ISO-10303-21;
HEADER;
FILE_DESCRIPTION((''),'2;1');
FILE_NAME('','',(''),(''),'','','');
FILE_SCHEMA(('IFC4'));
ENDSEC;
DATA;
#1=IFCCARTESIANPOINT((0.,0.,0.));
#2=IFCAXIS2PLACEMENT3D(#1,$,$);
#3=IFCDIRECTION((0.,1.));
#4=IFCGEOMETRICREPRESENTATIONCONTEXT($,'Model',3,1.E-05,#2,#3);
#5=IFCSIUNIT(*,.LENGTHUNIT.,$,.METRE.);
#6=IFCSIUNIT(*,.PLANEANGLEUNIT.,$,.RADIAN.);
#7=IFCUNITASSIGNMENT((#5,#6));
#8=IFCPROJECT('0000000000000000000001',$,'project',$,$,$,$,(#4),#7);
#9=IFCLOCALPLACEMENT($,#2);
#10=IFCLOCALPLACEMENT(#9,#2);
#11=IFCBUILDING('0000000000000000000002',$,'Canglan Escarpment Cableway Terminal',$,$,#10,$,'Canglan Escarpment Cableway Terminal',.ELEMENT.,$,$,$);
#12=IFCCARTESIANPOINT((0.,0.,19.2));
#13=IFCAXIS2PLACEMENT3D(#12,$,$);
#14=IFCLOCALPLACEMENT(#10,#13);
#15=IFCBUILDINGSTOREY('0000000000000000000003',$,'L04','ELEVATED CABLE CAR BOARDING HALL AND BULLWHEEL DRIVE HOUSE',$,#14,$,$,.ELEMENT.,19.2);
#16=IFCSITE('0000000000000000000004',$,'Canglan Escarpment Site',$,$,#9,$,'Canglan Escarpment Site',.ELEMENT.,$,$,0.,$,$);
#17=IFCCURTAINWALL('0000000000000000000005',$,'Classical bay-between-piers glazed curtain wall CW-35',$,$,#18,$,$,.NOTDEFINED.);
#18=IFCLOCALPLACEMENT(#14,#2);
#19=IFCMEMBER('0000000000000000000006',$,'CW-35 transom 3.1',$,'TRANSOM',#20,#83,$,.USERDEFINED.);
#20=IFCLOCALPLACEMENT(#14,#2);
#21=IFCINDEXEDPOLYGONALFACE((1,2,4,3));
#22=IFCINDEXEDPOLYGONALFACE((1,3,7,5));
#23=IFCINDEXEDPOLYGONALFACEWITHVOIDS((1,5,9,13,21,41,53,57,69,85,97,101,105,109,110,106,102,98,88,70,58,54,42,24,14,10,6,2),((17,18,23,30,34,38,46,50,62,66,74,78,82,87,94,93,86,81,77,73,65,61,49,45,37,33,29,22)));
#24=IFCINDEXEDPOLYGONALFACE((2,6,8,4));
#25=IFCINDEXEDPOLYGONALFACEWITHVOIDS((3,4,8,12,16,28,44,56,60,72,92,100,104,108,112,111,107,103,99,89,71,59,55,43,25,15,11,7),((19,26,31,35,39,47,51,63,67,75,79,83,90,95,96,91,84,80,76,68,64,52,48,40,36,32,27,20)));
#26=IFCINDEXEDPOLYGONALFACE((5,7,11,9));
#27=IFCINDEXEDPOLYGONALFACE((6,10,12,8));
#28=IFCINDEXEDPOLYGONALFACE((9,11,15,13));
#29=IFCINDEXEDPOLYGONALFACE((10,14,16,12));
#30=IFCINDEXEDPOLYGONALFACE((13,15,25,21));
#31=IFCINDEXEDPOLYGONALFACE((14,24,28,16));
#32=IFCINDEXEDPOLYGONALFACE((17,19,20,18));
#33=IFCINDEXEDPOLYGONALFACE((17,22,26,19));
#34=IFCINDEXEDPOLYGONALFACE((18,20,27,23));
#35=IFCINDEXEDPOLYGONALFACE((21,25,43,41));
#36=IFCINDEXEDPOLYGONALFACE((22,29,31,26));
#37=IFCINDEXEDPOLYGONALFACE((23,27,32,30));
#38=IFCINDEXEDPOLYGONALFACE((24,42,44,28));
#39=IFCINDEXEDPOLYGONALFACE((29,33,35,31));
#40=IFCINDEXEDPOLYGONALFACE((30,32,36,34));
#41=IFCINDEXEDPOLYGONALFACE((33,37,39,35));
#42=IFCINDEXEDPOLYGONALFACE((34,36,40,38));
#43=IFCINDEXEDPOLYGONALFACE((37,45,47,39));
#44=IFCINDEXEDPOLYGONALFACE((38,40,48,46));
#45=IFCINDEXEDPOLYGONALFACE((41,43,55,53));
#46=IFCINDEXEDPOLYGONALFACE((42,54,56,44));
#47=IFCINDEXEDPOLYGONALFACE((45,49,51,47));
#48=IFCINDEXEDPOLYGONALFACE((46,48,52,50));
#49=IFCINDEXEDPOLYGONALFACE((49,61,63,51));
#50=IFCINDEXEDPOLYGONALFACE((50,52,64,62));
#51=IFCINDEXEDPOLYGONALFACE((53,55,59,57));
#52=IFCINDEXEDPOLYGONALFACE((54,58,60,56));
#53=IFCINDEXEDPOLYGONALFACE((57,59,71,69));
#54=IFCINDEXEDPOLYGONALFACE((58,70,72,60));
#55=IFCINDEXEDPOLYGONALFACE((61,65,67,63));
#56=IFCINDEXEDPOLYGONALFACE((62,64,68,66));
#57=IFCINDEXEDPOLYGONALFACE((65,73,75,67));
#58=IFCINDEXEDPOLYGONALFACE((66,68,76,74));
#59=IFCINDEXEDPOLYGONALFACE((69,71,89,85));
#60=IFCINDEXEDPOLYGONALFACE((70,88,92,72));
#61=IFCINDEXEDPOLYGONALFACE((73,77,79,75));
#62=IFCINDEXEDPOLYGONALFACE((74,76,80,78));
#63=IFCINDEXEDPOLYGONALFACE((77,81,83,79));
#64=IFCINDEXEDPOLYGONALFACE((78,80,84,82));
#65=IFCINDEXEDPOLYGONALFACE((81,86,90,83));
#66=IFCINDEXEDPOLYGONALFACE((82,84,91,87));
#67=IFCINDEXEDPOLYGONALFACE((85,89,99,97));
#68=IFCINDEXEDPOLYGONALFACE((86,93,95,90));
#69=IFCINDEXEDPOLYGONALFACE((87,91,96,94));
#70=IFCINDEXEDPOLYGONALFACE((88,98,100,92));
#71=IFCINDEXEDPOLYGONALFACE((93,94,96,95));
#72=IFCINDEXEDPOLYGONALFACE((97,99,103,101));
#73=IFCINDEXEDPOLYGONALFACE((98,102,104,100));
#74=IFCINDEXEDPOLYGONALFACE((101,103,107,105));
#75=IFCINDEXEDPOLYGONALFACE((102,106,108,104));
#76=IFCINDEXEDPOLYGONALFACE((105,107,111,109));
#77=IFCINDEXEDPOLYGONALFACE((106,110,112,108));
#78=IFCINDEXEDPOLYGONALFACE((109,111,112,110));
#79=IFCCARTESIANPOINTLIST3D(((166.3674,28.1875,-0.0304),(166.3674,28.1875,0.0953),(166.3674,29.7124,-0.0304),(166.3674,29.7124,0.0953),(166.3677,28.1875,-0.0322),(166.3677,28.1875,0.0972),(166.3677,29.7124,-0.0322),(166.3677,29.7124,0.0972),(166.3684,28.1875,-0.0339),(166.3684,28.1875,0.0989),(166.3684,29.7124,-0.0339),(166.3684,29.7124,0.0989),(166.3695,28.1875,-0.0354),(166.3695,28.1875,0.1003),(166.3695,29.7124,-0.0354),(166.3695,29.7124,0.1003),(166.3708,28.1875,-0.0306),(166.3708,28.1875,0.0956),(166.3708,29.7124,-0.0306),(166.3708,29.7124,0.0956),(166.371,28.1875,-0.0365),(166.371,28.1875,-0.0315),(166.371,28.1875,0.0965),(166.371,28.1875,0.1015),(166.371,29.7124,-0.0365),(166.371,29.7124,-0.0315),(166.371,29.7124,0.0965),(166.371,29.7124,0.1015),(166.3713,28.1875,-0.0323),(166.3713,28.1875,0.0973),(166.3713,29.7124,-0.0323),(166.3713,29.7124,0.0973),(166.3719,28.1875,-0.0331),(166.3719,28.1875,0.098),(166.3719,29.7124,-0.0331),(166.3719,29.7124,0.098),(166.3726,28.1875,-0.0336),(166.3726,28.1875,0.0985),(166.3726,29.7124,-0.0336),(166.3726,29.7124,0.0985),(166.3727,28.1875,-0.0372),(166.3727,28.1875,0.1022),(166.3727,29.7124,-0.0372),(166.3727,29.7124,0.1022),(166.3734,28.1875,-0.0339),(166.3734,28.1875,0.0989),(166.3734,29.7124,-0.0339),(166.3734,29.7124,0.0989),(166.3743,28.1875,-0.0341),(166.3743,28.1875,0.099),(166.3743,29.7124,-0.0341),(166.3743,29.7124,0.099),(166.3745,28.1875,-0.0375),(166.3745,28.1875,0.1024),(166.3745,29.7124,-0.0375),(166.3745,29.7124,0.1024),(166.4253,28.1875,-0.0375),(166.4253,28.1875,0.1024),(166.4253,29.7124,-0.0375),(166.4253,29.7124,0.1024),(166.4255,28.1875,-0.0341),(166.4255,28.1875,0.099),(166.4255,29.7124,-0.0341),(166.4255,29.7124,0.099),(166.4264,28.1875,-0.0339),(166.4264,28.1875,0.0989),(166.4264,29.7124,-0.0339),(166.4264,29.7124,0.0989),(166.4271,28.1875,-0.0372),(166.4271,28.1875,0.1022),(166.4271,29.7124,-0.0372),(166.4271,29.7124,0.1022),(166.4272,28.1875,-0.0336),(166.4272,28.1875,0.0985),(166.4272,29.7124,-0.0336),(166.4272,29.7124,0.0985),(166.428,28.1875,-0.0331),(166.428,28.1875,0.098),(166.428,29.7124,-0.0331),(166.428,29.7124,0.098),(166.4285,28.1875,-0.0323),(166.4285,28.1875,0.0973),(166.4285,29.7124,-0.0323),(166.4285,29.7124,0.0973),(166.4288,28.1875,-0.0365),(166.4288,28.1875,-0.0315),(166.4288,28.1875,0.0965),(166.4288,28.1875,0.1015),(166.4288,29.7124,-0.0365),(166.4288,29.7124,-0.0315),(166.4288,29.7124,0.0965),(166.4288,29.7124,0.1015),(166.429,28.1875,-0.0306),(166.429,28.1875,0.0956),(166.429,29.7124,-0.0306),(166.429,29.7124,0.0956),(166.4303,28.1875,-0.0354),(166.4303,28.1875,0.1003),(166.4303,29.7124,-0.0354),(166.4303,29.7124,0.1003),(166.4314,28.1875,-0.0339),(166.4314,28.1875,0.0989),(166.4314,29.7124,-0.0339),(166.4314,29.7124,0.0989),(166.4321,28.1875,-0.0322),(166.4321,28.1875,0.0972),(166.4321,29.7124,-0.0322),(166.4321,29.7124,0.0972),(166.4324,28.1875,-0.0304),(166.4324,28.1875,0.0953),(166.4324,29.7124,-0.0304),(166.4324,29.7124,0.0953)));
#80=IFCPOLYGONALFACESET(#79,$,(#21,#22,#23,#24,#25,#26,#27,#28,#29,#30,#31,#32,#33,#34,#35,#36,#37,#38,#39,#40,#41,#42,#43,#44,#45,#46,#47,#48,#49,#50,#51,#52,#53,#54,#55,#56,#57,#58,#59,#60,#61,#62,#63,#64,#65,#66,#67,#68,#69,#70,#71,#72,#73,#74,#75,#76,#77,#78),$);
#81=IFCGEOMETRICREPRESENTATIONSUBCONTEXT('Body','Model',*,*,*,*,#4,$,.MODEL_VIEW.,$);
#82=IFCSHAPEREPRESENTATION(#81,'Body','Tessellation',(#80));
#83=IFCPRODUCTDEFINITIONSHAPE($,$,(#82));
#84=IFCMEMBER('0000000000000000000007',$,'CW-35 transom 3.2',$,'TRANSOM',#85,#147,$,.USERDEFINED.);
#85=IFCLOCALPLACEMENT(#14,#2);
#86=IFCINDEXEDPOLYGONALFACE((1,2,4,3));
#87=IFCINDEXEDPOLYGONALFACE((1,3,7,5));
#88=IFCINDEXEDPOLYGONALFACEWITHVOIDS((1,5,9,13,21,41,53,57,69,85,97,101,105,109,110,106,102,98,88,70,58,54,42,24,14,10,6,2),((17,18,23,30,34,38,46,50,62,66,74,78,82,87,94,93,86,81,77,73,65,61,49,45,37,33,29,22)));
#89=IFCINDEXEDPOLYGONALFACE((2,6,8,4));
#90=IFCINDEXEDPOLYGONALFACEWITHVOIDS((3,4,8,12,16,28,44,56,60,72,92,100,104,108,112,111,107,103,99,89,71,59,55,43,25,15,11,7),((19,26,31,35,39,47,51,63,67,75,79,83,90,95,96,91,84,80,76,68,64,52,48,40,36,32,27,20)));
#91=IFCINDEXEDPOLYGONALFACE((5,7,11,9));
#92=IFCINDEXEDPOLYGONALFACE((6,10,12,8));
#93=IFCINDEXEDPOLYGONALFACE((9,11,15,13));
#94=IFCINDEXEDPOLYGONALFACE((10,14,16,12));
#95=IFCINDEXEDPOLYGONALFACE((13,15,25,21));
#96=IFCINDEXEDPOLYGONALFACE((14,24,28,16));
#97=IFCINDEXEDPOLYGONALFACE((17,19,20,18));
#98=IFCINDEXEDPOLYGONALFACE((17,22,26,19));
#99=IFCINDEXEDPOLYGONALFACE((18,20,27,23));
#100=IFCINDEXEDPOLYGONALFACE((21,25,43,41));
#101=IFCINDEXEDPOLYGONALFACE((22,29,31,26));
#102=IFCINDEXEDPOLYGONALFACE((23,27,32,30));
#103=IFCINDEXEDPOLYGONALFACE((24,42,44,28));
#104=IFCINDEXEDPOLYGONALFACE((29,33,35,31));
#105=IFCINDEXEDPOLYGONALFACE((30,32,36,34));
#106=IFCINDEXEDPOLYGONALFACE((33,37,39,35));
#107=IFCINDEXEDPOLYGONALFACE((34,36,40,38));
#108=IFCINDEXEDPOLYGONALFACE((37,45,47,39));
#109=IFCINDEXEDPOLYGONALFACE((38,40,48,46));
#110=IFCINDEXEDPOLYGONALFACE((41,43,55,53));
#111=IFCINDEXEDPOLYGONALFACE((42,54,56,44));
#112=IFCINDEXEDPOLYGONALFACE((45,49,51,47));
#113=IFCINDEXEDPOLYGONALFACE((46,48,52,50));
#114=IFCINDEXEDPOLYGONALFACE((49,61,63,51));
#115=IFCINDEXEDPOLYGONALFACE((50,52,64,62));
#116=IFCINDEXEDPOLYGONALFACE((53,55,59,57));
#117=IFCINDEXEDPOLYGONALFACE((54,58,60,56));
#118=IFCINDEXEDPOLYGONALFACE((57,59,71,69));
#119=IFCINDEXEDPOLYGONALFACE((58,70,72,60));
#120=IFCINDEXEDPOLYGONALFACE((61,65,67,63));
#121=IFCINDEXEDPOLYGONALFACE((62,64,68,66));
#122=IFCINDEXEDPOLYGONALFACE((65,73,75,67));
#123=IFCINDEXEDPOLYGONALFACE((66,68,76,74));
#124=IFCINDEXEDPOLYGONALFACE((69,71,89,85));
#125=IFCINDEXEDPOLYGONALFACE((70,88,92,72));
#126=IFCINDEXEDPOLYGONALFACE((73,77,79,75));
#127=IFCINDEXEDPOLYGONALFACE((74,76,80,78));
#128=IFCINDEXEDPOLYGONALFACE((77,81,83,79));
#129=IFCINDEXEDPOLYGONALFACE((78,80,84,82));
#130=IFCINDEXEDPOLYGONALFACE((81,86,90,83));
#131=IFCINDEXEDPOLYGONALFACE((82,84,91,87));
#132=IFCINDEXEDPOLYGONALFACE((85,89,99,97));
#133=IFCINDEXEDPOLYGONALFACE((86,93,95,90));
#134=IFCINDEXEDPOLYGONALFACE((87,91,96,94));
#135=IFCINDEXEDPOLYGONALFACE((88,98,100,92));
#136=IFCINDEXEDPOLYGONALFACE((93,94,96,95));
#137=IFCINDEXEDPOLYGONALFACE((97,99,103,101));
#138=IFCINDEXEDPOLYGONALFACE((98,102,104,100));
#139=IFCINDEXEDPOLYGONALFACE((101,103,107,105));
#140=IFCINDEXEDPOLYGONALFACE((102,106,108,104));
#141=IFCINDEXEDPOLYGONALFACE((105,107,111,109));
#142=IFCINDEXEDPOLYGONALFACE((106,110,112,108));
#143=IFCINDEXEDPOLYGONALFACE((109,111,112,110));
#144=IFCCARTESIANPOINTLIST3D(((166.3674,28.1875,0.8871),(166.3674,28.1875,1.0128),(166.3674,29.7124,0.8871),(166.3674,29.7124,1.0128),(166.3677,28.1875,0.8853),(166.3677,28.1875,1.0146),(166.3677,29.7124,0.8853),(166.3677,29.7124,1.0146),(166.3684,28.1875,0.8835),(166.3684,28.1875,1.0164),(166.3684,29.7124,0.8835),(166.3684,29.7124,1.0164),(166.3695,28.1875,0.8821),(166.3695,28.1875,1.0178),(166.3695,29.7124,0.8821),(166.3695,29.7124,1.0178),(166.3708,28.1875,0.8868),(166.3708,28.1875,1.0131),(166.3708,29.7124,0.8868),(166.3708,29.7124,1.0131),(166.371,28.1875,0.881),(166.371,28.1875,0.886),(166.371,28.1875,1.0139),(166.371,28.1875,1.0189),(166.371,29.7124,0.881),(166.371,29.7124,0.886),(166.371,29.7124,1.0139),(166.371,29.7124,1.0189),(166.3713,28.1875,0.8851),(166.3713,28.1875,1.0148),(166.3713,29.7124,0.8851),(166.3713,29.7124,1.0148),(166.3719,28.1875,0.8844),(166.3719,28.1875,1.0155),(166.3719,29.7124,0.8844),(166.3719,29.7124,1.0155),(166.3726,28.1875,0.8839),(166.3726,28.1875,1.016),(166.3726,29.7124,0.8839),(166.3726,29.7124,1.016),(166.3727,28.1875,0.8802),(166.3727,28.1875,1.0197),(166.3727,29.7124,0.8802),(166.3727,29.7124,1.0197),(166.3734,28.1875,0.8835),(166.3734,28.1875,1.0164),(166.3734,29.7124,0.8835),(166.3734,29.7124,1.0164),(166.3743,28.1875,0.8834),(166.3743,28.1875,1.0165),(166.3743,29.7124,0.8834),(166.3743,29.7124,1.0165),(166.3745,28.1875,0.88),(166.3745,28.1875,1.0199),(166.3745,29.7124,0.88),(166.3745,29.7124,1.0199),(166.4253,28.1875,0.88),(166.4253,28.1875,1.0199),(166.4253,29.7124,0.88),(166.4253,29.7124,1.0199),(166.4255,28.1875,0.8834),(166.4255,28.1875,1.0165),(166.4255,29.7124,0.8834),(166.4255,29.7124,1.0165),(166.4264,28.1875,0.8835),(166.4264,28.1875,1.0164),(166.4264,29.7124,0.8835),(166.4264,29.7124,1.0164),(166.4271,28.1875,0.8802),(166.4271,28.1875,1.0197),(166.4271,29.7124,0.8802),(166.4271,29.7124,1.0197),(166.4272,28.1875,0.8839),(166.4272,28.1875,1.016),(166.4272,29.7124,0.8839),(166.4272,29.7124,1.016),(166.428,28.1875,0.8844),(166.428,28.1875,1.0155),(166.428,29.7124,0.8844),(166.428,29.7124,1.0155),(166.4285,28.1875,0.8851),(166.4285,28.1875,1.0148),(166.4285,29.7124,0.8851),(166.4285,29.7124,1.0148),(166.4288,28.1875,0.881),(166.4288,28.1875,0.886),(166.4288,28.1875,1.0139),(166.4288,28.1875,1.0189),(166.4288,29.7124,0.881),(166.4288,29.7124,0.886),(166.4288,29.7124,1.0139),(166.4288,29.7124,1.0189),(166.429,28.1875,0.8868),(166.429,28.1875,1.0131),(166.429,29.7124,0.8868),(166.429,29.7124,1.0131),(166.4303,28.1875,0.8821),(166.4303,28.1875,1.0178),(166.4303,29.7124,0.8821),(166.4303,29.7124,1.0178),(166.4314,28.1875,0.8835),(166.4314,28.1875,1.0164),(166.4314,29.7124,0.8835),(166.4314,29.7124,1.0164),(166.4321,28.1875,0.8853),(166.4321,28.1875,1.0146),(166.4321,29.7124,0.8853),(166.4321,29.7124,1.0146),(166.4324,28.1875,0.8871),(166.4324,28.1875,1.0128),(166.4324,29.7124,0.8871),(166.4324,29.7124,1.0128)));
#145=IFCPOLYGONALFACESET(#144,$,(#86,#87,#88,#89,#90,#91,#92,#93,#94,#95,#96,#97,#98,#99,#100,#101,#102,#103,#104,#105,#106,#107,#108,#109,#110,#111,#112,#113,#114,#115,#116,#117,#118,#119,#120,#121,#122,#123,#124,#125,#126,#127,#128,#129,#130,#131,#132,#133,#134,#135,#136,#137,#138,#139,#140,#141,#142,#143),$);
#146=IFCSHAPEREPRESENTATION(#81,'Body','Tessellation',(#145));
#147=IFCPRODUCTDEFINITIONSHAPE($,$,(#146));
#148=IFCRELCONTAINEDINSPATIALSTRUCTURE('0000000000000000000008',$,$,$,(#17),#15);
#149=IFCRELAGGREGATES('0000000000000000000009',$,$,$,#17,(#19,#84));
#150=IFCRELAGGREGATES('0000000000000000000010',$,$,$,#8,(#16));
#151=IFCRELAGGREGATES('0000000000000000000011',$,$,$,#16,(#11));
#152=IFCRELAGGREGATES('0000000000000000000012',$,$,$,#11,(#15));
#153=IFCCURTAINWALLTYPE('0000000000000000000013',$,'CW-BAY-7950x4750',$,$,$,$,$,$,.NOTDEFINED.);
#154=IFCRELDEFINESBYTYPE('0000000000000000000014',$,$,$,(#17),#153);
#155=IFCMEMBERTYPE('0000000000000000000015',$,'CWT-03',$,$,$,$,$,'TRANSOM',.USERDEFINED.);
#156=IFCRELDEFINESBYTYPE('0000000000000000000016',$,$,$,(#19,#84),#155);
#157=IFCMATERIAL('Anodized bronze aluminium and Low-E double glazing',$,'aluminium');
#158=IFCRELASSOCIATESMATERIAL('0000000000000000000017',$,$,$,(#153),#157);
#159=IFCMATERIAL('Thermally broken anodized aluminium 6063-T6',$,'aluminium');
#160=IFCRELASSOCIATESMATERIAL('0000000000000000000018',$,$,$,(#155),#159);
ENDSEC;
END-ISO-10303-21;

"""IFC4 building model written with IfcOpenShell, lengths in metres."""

from ifc_helpers import new_model, si_unit, direction, frame, origin, origin_2d, place, context, subcontext, project, spatial, hollow_rectangle, extrude, material, material_profile, profile_set, type_object, element, aggregate, save


model = new_model("IFC4")

# Units and contexts
model_context = context("Model", 3, precision=1e-05, world=origin(), true_north=direction((0.0, 1.0)))
body_context = subcontext(model_context, "Body", "Model", "MODEL_VIEW")
ifc_project = project(units=[si_unit("LENGTHUNIT", "METRE"), si_unit("PLANEANGLEUNIT", "RADIAN")], contexts=[model_context])

# Site, building, storey
site_placement = place(None, origin())
site = spatial("IfcSite", under=ifc_project, at=site_placement, Name="Canglan Escarpment Site", LongName="Canglan Escarpment Site", CompositionType="ELEMENT", RefElevation=0.0)
building_placement = place(site_placement, origin())
building = spatial("IfcBuilding", under=site, at=building_placement, Name="Canglan Escarpment Cableway Terminal", LongName="Canglan Escarpment Cableway Terminal", CompositionType="ELEMENT")
storey_placement = place(building_placement, frame((0.0, 0.0, 19.2)))
storey = spatial("IfcBuildingStorey", under=building, at=storey_placement, Name="L04", Description="ELEVATED CABLE CAR BOARDING HALL AND BULLWHEEL DRIVE HOUSE", CompositionType="ELEMENT", Elevation=19.2)

# Curtain wall, members
ifc_material_1 = material(Name="Anodized bronze aluminium and Low-E double glazing", Category="aluminium")
curtain_wall_type = type_object("IfcCurtainWallType", Name="CW-BAY-7950x4750", PredefinedType="NOTDEFINED", material=ifc_material_1)
curtain_wall_placement = place(storey_placement, origin())
curtain_wall = element("IfcCurtainWall", 1, at=curtain_wall_placement, inside=storey, type_object=curtain_wall_type, Name="Classical bay-between-piers glazed curtain wall CW-35", PredefinedType="NOTDEFINED")
ifc_material_2 = material(Name="Thermally broken anodized aluminium 6063-T6", Category="aluminium")
ifc_material_profile_1 = material_profile(ifc_material_2, hollow_rectangle(XDim=0.0649, YDim=0.1399, WallThickness=0.0034, InnerFilletRadius=0.0034, OuterFilletRadius=0.0071, at=origin_2d()), Name="ALU-TRAN 65x140x3.5")
ifc_profile_set_1 = profile_set([ifc_material_profile_1], Name="Thermally broken anodized aluminium 6063-T6")
member_type_1 = type_object("IfcMemberType", Name="CWT-03", ElementType="TRANSOM", PredefinedType="USERDEFINED", material=ifc_profile_set_1)
member_1_placement = place(storey_placement, frame((166.3999, 28.1875, 0.0325), z_axis=(0.0, 1.0, 0.0), x_axis=(-1.0, 0.0, 0.0)))
member_1 = element("IfcMember", 2, at=member_1_placement, type_object=member_type_1, Name="CW-35 transom 3.1", ObjectType="TRANSOM", PredefinedType="USERDEFINED", context=body_context, shape_type="SweptSolid", body=[
    extrude(hollow_rectangle(XDim=0.0649, YDim=0.1399, WallThickness=0.0034, InnerFilletRadius=0.0034, OuterFilletRadius=0.0071, at=origin_2d()), origin(), (0.0, 0.0, 1.0), 1.5249),
])
member_2_placement = place(storey_placement, frame((166.3999, 28.1875, 0.95), z_axis=(0.0, 1.0, 0.0), x_axis=(-1.0, 0.0, 0.0)))
member_2 = element("IfcMember", 3, at=member_2_placement, type_object=member_type_1, Name="CW-35 transom 3.2", ObjectType="TRANSOM", PredefinedType="USERDEFINED", context=body_context, shape_type="SweptSolid", body=[
    extrude(hollow_rectangle(XDim=0.0649, YDim=0.1399, WallThickness=0.0034, InnerFilletRadius=0.0034, OuterFilletRadius=0.0071, at=origin_2d()), origin(), (0.0, 0.0, 1.0), 1.5249),
])
aggregate(curtain_wall, [member_1, member_2])

save(model, "model.ifc")
